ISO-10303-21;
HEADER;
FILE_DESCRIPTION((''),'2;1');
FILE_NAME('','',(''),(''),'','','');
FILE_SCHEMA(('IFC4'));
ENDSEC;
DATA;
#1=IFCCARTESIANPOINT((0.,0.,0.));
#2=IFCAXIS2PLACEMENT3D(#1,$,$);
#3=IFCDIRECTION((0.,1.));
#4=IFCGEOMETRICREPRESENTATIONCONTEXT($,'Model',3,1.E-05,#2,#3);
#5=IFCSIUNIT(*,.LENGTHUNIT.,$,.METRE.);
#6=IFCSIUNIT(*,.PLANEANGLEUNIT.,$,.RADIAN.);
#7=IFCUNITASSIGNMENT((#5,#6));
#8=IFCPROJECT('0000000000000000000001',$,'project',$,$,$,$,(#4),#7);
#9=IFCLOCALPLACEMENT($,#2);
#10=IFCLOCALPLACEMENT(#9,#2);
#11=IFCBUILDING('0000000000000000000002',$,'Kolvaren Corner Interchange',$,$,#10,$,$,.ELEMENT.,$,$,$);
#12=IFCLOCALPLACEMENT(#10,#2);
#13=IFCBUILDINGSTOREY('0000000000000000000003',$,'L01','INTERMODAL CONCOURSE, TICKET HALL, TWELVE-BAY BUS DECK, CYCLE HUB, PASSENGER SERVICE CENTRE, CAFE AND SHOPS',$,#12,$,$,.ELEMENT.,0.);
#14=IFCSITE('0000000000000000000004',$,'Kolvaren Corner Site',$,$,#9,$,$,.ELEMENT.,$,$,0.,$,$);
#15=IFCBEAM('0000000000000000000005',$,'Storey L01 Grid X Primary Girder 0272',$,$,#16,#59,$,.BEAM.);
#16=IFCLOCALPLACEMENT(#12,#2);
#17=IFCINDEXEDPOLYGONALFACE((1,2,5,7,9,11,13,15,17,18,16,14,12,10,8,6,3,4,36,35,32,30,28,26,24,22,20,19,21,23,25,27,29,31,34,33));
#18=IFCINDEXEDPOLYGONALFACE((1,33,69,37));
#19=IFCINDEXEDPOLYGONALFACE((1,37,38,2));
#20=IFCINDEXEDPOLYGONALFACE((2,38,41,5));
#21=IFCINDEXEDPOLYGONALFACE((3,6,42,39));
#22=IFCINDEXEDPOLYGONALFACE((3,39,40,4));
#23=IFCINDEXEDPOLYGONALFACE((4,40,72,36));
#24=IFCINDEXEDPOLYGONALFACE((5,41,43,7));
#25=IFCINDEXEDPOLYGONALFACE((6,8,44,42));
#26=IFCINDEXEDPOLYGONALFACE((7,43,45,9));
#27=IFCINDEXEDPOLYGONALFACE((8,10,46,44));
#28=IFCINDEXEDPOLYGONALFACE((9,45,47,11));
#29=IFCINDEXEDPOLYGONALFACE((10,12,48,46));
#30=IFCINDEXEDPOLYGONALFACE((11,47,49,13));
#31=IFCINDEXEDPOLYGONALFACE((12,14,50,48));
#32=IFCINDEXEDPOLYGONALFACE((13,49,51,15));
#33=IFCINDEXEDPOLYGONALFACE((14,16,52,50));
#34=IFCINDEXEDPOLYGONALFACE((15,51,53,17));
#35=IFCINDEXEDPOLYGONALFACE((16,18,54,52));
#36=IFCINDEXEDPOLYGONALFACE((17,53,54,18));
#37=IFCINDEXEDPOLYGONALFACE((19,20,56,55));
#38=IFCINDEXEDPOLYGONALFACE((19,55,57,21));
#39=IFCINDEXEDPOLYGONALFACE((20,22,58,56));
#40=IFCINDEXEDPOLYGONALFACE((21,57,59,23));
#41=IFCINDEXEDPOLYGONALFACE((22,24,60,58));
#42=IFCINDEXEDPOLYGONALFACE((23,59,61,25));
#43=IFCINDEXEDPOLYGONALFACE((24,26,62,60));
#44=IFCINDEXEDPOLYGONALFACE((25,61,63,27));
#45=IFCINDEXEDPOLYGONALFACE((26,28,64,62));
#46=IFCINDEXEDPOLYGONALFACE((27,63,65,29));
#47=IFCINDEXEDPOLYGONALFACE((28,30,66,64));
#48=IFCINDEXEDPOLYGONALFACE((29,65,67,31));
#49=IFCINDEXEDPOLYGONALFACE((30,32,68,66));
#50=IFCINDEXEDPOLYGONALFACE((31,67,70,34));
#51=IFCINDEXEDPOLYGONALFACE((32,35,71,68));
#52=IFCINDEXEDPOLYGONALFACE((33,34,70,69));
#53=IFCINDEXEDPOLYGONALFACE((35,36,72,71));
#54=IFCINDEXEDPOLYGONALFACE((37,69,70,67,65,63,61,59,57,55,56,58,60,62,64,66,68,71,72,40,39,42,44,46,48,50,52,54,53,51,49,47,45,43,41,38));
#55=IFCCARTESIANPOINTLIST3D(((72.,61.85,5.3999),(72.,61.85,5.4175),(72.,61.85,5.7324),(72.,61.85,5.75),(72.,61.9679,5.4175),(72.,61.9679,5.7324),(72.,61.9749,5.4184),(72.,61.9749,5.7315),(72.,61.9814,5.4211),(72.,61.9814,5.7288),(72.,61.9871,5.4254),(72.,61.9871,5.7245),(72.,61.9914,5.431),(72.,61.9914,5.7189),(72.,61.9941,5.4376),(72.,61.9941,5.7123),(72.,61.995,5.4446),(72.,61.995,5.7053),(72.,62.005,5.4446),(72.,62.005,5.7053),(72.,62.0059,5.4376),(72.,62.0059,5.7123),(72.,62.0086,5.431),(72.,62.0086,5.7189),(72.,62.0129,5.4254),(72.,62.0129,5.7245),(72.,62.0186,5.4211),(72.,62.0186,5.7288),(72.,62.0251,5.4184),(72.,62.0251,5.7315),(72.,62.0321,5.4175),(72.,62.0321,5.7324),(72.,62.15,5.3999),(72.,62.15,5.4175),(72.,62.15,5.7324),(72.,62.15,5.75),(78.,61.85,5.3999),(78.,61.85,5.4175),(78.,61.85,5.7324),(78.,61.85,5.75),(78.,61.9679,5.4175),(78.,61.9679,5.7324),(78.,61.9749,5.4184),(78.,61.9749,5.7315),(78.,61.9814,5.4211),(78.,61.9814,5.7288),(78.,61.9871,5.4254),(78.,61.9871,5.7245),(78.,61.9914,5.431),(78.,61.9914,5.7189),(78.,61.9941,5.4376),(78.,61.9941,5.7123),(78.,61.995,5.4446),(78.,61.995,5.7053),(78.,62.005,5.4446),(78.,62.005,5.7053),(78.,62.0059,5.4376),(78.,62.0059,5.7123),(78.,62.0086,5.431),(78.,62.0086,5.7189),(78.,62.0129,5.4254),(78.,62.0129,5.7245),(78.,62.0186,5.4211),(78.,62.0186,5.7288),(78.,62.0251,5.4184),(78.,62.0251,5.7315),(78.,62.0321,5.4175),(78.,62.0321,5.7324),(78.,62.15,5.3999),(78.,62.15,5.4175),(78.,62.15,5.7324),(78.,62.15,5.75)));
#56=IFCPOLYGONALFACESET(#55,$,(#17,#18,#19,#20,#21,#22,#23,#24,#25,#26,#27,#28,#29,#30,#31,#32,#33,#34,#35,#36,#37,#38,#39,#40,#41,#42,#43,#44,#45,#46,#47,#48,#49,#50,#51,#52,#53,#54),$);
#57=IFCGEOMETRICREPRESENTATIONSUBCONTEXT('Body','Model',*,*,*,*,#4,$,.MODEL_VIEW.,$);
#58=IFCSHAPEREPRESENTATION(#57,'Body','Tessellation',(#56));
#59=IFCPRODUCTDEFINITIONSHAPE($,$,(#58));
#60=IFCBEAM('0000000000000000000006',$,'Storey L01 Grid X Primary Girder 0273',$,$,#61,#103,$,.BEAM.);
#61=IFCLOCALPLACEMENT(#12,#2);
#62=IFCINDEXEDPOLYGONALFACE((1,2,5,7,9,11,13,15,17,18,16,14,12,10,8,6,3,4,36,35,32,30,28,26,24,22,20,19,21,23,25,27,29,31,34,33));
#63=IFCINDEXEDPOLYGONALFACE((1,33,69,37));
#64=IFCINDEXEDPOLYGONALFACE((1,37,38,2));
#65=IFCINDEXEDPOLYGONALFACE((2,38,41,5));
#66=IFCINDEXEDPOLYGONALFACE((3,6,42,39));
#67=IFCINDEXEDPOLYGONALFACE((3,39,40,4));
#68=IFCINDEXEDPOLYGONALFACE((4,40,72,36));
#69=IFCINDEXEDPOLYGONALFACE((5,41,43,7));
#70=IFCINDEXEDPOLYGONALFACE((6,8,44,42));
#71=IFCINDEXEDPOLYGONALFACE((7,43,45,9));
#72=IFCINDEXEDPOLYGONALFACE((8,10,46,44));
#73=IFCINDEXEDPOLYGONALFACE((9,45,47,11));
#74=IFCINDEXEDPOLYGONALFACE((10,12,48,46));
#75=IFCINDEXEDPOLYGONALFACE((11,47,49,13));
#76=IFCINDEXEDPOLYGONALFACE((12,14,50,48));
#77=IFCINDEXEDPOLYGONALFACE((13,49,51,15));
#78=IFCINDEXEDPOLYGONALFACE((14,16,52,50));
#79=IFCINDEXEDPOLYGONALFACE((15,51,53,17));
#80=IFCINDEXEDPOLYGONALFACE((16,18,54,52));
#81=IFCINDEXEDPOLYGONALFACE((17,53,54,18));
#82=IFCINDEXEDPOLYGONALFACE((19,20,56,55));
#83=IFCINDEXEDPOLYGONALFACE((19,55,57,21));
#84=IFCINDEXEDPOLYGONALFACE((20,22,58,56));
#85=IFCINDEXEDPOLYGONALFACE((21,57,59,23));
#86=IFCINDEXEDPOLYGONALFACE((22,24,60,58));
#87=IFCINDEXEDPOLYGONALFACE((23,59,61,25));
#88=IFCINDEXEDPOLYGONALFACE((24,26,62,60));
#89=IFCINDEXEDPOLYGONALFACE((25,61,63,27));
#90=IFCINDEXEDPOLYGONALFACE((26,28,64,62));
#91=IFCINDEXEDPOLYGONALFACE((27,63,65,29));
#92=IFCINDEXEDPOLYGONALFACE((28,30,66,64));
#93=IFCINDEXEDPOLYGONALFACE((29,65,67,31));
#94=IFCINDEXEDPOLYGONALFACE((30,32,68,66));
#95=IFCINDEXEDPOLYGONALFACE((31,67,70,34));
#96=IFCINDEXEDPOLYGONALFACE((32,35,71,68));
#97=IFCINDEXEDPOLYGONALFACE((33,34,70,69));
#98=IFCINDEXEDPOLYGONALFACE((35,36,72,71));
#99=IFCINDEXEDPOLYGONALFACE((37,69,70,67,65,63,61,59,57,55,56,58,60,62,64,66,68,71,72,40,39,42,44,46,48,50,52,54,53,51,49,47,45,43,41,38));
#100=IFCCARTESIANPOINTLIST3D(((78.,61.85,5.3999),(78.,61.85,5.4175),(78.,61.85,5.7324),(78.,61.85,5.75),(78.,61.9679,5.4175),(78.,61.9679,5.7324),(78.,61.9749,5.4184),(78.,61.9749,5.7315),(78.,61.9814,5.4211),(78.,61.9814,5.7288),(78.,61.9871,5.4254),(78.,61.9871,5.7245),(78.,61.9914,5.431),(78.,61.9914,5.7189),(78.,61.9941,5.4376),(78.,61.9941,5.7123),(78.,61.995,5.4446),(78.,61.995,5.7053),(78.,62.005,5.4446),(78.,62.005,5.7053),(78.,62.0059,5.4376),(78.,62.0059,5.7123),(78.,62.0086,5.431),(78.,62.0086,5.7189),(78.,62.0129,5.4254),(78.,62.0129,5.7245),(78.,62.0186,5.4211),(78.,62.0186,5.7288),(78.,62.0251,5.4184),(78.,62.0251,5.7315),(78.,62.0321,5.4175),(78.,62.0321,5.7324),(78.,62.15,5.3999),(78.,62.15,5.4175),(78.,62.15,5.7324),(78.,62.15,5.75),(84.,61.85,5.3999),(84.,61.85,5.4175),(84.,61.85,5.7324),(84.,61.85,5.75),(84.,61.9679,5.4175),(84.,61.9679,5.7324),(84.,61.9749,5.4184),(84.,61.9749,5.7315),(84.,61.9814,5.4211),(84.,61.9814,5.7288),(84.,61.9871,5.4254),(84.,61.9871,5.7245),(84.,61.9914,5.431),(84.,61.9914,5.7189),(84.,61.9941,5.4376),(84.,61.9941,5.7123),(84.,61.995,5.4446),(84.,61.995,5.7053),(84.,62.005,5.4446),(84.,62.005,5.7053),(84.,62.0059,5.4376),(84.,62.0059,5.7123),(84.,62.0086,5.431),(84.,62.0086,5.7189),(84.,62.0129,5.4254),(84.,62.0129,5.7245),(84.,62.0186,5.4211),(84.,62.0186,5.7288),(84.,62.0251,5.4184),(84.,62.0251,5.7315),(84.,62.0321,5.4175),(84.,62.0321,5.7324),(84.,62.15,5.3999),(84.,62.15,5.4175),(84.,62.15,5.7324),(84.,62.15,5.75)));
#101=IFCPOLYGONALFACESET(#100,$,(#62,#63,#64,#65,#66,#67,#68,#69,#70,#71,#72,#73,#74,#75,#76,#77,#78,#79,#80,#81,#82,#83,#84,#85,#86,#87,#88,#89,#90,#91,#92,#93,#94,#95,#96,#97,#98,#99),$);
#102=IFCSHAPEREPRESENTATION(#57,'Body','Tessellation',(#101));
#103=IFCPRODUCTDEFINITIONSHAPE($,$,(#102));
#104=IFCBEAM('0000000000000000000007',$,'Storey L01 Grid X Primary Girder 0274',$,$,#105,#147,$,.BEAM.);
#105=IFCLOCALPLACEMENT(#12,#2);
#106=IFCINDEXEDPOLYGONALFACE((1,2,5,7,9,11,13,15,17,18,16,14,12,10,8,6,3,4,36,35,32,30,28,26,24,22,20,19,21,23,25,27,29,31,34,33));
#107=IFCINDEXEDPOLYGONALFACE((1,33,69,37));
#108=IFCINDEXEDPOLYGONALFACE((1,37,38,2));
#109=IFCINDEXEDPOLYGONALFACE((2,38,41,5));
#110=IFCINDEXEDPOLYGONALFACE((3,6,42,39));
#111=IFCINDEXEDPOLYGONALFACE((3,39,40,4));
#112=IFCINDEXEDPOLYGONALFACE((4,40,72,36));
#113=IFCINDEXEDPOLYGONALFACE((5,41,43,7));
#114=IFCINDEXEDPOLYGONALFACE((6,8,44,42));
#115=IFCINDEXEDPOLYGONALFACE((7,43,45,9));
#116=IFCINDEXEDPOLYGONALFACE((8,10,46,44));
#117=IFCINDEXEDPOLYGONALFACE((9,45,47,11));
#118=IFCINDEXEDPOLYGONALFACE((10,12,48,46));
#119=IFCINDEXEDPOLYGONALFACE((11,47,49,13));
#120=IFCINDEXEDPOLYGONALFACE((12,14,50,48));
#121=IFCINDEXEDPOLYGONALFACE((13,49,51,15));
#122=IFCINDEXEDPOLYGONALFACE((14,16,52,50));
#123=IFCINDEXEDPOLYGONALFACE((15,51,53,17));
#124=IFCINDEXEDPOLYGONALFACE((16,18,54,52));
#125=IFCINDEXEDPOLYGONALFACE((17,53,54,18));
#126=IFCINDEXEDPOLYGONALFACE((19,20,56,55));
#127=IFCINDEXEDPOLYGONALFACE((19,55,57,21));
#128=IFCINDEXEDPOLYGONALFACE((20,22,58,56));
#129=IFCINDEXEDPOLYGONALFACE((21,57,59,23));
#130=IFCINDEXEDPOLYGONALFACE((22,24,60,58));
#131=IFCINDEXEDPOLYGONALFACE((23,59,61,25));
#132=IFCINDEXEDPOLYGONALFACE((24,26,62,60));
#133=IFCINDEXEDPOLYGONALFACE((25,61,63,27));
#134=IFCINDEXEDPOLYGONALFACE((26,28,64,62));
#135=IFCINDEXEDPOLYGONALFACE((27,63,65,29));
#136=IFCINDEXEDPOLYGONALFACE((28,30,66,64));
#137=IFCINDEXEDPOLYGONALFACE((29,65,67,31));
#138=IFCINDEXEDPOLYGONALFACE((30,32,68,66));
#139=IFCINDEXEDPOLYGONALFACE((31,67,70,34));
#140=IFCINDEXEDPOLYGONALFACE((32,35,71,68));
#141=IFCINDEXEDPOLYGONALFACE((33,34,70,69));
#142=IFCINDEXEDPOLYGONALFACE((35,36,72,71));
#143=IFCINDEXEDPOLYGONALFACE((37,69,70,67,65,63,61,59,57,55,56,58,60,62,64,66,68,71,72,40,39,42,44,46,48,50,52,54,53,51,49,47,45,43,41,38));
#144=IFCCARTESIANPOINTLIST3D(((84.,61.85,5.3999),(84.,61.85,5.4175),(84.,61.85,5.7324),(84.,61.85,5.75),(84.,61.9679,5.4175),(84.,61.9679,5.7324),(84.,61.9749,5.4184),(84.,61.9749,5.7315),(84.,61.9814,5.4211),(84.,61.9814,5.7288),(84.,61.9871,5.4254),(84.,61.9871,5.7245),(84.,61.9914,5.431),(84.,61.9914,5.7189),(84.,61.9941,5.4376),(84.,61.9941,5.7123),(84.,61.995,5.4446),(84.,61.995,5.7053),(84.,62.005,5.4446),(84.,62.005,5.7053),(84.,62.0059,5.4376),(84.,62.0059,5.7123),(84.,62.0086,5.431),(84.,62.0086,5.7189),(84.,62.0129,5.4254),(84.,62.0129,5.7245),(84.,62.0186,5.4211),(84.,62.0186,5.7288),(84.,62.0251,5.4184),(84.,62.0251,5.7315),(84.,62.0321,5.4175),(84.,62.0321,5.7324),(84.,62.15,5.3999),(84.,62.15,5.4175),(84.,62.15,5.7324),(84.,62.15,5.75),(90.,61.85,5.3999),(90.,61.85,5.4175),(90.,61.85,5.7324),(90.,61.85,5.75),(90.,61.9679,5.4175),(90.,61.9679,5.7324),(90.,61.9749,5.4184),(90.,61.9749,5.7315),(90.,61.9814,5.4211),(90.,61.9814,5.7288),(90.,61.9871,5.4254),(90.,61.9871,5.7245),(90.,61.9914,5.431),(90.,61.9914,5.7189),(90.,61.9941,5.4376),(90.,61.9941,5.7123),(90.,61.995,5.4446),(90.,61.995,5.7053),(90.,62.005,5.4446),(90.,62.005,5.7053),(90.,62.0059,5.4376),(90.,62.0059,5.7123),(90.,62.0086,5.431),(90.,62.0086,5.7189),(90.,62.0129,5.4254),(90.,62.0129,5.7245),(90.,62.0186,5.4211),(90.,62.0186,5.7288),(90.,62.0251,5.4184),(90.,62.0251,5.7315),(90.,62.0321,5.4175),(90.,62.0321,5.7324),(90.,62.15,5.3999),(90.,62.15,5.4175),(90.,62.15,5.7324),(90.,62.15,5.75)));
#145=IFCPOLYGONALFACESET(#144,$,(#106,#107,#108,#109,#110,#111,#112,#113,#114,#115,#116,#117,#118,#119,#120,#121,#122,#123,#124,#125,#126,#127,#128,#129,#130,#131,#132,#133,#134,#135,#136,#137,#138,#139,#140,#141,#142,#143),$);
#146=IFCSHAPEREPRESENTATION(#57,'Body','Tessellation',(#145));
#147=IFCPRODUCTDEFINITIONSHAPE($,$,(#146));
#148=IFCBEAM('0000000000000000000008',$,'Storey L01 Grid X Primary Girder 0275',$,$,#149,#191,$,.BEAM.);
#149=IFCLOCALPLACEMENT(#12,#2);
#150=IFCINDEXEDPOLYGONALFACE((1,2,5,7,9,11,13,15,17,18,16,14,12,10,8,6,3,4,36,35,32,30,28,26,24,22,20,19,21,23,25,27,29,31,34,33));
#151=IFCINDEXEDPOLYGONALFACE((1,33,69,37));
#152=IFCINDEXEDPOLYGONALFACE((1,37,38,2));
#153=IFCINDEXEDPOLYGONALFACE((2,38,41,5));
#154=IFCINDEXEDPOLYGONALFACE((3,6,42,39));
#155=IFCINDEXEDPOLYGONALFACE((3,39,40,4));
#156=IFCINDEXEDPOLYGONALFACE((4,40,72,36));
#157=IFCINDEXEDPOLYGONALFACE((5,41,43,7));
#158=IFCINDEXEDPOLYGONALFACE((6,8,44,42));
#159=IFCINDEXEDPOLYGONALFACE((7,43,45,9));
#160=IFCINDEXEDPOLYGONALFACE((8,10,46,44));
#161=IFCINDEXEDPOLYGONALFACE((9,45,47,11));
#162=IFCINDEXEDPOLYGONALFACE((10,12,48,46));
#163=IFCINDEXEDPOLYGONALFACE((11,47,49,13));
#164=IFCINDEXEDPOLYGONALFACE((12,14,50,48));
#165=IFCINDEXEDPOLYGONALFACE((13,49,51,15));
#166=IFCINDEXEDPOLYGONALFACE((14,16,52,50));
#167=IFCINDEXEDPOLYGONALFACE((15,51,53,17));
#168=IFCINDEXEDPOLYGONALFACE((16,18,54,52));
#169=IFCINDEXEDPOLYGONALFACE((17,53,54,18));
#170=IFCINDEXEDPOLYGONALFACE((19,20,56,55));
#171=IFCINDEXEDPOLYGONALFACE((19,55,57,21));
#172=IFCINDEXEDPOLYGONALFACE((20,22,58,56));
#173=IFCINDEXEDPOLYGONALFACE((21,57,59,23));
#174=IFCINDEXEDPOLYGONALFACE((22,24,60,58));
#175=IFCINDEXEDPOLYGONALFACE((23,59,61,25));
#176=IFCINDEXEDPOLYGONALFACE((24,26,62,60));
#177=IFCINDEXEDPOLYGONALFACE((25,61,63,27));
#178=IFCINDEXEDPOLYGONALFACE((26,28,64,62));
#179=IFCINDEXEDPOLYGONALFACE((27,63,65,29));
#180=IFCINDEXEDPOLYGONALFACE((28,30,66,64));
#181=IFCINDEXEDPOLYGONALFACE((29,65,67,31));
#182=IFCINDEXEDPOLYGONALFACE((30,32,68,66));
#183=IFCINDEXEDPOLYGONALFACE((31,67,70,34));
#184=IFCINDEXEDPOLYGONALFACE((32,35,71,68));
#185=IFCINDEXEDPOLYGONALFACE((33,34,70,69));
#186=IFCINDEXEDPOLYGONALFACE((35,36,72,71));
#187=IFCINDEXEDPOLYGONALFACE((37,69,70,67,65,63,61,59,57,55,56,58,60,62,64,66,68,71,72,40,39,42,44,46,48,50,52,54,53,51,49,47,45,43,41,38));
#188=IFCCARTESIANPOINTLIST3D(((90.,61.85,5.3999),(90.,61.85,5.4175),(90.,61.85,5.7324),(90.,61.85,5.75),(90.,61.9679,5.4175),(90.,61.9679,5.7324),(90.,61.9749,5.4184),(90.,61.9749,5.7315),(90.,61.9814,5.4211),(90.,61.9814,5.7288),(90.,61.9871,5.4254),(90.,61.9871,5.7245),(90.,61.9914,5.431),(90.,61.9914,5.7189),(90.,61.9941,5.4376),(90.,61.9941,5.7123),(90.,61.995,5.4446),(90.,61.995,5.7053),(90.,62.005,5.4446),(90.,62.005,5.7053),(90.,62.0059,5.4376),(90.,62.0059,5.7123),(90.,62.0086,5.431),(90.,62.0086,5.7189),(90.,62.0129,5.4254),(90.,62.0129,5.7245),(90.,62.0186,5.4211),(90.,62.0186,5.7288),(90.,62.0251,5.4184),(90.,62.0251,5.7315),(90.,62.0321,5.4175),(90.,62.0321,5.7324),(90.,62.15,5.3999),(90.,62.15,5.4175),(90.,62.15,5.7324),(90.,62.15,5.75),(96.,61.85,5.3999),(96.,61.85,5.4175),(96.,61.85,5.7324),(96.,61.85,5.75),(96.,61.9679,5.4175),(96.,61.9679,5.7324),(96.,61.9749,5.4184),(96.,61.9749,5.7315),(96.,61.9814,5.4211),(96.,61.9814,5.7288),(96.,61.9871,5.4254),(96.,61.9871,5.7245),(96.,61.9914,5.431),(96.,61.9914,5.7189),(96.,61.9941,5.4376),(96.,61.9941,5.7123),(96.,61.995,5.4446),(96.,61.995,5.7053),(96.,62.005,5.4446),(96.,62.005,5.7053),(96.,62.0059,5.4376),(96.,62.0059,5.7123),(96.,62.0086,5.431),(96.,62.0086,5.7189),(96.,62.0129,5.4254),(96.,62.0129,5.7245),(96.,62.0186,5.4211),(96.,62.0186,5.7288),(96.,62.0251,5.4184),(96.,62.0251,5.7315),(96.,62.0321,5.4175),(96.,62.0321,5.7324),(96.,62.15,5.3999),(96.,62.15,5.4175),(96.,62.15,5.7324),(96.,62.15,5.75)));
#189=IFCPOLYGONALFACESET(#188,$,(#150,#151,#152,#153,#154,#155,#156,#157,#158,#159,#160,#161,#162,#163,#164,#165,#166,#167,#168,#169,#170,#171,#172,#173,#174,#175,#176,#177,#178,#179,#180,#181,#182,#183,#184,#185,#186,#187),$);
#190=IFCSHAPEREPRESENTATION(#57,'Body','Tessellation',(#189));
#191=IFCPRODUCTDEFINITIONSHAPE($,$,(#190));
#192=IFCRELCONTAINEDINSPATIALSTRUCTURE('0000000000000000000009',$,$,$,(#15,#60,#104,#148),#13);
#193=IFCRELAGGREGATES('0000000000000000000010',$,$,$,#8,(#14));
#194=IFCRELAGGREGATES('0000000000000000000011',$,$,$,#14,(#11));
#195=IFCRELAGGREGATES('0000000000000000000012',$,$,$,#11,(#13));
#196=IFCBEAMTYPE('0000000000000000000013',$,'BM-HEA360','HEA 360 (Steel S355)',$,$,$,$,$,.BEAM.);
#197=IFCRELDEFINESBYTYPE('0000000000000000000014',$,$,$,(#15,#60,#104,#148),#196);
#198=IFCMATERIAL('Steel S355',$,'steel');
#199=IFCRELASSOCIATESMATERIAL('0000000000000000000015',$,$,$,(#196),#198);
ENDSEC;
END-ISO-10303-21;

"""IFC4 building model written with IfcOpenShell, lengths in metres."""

from ifc_helpers import new_model, si_unit, direction, frame, origin, origin_2d, place, context, subcontext, project, spatial, i_section, extrude, material, material_profile, profile_set, type_object, element, save


model = new_model("IFC4")

# Units and contexts
model_context = context("Model", 3, precision=1e-05, world=origin(), true_north=direction((0.0, 1.0)))
body_context = subcontext(model_context, "Body", "Model", "MODEL_VIEW")
ifc_project = project(units=[si_unit("LENGTHUNIT", "METRE"), si_unit("PLANEANGLEUNIT", "RADIAN")], contexts=[model_context])

# Site, building, storey
site_placement = place(None, origin())
site = spatial("IfcSite", under=ifc_project, at=site_placement, Name="Kolvaren Corner Site", CompositionType="ELEMENT", RefElevation=0.0)
building_placement = place(site_placement, origin())
building = spatial("IfcBuilding", under=site, at=building_placement, Name="Kolvaren Corner Interchange", CompositionType="ELEMENT")
storey_placement = place(building_placement, origin())
storey = spatial("IfcBuildingStorey", under=building, at=storey_placement, Name="L01", Description="INTERMODAL CONCOURSE, TICKET HALL, TWELVE-BAY BUS DECK, CYCLE HUB, PASSENGER SERVICE CENTRE, CAFE AND SHOPS", CompositionType="ELEMENT", Elevation=0.0)

# Beams
ifc_material_1 = material(Name="Steel S355", Category="steel")
ifc_material_profile_1 = material_profile(ifc_material_1, i_section(OverallWidth=0.3, OverallDepth=0.3501, WebThickness=0.01, FlangeThickness=0.0176, FilletRadius=0.0271, at=origin_2d()), Name="HEA 360")
ifc_profile_set_1 = profile_set([ifc_material_profile_1], Name="Steel S355")
beam_type_1 = type_object("IfcBeamType", Name="BM-HEA360", Description="HEA 360 (Steel S355)", PredefinedType="BEAM", material=ifc_profile_set_1)
for number, where, z_axis, x_axis, name in (
    (1, (72.0, 62.0, 5.575), (1.0, 0.0, 0.0), (0.0, 1.0, 0.0), "Storey L01 Grid X Primary Girder 0272"),
    (2, (78.0, 62.0, 5.575), (1.0, 0.0, 0.0), (0.0, 1.0, 0.0), "Storey L01 Grid X Primary Girder 0273"),
    (3, (84.0, 62.0, 5.575), (1.0, 0.0, 0.0), (0.0, 1.0, 0.0), "Storey L01 Grid X Primary Girder 0274"),
    (4, (90.0, 62.0, 5.575), (1.0, 0.0, 0.0), (0.0, 1.0, 0.0), "Storey L01 Grid X Primary Girder 0275"),
):
    element("IfcBeam", number, at=place(storey_placement, frame(where, z_axis=z_axis, x_axis=x_axis)), inside=storey, type_object=beam_type_1, Name=name, PredefinedType="BEAM", context=body_context, shape_type="SweptSolid", body=[
        extrude(i_section(OverallWidth=0.3, OverallDepth=0.3501, WebThickness=0.01, FlangeThickness=0.0176, FilletRadius=0.0271, at=origin_2d()), origin(), (0.0, 0.0, 1.0), 6.0),
    ])

save(model, "model.ifc")
